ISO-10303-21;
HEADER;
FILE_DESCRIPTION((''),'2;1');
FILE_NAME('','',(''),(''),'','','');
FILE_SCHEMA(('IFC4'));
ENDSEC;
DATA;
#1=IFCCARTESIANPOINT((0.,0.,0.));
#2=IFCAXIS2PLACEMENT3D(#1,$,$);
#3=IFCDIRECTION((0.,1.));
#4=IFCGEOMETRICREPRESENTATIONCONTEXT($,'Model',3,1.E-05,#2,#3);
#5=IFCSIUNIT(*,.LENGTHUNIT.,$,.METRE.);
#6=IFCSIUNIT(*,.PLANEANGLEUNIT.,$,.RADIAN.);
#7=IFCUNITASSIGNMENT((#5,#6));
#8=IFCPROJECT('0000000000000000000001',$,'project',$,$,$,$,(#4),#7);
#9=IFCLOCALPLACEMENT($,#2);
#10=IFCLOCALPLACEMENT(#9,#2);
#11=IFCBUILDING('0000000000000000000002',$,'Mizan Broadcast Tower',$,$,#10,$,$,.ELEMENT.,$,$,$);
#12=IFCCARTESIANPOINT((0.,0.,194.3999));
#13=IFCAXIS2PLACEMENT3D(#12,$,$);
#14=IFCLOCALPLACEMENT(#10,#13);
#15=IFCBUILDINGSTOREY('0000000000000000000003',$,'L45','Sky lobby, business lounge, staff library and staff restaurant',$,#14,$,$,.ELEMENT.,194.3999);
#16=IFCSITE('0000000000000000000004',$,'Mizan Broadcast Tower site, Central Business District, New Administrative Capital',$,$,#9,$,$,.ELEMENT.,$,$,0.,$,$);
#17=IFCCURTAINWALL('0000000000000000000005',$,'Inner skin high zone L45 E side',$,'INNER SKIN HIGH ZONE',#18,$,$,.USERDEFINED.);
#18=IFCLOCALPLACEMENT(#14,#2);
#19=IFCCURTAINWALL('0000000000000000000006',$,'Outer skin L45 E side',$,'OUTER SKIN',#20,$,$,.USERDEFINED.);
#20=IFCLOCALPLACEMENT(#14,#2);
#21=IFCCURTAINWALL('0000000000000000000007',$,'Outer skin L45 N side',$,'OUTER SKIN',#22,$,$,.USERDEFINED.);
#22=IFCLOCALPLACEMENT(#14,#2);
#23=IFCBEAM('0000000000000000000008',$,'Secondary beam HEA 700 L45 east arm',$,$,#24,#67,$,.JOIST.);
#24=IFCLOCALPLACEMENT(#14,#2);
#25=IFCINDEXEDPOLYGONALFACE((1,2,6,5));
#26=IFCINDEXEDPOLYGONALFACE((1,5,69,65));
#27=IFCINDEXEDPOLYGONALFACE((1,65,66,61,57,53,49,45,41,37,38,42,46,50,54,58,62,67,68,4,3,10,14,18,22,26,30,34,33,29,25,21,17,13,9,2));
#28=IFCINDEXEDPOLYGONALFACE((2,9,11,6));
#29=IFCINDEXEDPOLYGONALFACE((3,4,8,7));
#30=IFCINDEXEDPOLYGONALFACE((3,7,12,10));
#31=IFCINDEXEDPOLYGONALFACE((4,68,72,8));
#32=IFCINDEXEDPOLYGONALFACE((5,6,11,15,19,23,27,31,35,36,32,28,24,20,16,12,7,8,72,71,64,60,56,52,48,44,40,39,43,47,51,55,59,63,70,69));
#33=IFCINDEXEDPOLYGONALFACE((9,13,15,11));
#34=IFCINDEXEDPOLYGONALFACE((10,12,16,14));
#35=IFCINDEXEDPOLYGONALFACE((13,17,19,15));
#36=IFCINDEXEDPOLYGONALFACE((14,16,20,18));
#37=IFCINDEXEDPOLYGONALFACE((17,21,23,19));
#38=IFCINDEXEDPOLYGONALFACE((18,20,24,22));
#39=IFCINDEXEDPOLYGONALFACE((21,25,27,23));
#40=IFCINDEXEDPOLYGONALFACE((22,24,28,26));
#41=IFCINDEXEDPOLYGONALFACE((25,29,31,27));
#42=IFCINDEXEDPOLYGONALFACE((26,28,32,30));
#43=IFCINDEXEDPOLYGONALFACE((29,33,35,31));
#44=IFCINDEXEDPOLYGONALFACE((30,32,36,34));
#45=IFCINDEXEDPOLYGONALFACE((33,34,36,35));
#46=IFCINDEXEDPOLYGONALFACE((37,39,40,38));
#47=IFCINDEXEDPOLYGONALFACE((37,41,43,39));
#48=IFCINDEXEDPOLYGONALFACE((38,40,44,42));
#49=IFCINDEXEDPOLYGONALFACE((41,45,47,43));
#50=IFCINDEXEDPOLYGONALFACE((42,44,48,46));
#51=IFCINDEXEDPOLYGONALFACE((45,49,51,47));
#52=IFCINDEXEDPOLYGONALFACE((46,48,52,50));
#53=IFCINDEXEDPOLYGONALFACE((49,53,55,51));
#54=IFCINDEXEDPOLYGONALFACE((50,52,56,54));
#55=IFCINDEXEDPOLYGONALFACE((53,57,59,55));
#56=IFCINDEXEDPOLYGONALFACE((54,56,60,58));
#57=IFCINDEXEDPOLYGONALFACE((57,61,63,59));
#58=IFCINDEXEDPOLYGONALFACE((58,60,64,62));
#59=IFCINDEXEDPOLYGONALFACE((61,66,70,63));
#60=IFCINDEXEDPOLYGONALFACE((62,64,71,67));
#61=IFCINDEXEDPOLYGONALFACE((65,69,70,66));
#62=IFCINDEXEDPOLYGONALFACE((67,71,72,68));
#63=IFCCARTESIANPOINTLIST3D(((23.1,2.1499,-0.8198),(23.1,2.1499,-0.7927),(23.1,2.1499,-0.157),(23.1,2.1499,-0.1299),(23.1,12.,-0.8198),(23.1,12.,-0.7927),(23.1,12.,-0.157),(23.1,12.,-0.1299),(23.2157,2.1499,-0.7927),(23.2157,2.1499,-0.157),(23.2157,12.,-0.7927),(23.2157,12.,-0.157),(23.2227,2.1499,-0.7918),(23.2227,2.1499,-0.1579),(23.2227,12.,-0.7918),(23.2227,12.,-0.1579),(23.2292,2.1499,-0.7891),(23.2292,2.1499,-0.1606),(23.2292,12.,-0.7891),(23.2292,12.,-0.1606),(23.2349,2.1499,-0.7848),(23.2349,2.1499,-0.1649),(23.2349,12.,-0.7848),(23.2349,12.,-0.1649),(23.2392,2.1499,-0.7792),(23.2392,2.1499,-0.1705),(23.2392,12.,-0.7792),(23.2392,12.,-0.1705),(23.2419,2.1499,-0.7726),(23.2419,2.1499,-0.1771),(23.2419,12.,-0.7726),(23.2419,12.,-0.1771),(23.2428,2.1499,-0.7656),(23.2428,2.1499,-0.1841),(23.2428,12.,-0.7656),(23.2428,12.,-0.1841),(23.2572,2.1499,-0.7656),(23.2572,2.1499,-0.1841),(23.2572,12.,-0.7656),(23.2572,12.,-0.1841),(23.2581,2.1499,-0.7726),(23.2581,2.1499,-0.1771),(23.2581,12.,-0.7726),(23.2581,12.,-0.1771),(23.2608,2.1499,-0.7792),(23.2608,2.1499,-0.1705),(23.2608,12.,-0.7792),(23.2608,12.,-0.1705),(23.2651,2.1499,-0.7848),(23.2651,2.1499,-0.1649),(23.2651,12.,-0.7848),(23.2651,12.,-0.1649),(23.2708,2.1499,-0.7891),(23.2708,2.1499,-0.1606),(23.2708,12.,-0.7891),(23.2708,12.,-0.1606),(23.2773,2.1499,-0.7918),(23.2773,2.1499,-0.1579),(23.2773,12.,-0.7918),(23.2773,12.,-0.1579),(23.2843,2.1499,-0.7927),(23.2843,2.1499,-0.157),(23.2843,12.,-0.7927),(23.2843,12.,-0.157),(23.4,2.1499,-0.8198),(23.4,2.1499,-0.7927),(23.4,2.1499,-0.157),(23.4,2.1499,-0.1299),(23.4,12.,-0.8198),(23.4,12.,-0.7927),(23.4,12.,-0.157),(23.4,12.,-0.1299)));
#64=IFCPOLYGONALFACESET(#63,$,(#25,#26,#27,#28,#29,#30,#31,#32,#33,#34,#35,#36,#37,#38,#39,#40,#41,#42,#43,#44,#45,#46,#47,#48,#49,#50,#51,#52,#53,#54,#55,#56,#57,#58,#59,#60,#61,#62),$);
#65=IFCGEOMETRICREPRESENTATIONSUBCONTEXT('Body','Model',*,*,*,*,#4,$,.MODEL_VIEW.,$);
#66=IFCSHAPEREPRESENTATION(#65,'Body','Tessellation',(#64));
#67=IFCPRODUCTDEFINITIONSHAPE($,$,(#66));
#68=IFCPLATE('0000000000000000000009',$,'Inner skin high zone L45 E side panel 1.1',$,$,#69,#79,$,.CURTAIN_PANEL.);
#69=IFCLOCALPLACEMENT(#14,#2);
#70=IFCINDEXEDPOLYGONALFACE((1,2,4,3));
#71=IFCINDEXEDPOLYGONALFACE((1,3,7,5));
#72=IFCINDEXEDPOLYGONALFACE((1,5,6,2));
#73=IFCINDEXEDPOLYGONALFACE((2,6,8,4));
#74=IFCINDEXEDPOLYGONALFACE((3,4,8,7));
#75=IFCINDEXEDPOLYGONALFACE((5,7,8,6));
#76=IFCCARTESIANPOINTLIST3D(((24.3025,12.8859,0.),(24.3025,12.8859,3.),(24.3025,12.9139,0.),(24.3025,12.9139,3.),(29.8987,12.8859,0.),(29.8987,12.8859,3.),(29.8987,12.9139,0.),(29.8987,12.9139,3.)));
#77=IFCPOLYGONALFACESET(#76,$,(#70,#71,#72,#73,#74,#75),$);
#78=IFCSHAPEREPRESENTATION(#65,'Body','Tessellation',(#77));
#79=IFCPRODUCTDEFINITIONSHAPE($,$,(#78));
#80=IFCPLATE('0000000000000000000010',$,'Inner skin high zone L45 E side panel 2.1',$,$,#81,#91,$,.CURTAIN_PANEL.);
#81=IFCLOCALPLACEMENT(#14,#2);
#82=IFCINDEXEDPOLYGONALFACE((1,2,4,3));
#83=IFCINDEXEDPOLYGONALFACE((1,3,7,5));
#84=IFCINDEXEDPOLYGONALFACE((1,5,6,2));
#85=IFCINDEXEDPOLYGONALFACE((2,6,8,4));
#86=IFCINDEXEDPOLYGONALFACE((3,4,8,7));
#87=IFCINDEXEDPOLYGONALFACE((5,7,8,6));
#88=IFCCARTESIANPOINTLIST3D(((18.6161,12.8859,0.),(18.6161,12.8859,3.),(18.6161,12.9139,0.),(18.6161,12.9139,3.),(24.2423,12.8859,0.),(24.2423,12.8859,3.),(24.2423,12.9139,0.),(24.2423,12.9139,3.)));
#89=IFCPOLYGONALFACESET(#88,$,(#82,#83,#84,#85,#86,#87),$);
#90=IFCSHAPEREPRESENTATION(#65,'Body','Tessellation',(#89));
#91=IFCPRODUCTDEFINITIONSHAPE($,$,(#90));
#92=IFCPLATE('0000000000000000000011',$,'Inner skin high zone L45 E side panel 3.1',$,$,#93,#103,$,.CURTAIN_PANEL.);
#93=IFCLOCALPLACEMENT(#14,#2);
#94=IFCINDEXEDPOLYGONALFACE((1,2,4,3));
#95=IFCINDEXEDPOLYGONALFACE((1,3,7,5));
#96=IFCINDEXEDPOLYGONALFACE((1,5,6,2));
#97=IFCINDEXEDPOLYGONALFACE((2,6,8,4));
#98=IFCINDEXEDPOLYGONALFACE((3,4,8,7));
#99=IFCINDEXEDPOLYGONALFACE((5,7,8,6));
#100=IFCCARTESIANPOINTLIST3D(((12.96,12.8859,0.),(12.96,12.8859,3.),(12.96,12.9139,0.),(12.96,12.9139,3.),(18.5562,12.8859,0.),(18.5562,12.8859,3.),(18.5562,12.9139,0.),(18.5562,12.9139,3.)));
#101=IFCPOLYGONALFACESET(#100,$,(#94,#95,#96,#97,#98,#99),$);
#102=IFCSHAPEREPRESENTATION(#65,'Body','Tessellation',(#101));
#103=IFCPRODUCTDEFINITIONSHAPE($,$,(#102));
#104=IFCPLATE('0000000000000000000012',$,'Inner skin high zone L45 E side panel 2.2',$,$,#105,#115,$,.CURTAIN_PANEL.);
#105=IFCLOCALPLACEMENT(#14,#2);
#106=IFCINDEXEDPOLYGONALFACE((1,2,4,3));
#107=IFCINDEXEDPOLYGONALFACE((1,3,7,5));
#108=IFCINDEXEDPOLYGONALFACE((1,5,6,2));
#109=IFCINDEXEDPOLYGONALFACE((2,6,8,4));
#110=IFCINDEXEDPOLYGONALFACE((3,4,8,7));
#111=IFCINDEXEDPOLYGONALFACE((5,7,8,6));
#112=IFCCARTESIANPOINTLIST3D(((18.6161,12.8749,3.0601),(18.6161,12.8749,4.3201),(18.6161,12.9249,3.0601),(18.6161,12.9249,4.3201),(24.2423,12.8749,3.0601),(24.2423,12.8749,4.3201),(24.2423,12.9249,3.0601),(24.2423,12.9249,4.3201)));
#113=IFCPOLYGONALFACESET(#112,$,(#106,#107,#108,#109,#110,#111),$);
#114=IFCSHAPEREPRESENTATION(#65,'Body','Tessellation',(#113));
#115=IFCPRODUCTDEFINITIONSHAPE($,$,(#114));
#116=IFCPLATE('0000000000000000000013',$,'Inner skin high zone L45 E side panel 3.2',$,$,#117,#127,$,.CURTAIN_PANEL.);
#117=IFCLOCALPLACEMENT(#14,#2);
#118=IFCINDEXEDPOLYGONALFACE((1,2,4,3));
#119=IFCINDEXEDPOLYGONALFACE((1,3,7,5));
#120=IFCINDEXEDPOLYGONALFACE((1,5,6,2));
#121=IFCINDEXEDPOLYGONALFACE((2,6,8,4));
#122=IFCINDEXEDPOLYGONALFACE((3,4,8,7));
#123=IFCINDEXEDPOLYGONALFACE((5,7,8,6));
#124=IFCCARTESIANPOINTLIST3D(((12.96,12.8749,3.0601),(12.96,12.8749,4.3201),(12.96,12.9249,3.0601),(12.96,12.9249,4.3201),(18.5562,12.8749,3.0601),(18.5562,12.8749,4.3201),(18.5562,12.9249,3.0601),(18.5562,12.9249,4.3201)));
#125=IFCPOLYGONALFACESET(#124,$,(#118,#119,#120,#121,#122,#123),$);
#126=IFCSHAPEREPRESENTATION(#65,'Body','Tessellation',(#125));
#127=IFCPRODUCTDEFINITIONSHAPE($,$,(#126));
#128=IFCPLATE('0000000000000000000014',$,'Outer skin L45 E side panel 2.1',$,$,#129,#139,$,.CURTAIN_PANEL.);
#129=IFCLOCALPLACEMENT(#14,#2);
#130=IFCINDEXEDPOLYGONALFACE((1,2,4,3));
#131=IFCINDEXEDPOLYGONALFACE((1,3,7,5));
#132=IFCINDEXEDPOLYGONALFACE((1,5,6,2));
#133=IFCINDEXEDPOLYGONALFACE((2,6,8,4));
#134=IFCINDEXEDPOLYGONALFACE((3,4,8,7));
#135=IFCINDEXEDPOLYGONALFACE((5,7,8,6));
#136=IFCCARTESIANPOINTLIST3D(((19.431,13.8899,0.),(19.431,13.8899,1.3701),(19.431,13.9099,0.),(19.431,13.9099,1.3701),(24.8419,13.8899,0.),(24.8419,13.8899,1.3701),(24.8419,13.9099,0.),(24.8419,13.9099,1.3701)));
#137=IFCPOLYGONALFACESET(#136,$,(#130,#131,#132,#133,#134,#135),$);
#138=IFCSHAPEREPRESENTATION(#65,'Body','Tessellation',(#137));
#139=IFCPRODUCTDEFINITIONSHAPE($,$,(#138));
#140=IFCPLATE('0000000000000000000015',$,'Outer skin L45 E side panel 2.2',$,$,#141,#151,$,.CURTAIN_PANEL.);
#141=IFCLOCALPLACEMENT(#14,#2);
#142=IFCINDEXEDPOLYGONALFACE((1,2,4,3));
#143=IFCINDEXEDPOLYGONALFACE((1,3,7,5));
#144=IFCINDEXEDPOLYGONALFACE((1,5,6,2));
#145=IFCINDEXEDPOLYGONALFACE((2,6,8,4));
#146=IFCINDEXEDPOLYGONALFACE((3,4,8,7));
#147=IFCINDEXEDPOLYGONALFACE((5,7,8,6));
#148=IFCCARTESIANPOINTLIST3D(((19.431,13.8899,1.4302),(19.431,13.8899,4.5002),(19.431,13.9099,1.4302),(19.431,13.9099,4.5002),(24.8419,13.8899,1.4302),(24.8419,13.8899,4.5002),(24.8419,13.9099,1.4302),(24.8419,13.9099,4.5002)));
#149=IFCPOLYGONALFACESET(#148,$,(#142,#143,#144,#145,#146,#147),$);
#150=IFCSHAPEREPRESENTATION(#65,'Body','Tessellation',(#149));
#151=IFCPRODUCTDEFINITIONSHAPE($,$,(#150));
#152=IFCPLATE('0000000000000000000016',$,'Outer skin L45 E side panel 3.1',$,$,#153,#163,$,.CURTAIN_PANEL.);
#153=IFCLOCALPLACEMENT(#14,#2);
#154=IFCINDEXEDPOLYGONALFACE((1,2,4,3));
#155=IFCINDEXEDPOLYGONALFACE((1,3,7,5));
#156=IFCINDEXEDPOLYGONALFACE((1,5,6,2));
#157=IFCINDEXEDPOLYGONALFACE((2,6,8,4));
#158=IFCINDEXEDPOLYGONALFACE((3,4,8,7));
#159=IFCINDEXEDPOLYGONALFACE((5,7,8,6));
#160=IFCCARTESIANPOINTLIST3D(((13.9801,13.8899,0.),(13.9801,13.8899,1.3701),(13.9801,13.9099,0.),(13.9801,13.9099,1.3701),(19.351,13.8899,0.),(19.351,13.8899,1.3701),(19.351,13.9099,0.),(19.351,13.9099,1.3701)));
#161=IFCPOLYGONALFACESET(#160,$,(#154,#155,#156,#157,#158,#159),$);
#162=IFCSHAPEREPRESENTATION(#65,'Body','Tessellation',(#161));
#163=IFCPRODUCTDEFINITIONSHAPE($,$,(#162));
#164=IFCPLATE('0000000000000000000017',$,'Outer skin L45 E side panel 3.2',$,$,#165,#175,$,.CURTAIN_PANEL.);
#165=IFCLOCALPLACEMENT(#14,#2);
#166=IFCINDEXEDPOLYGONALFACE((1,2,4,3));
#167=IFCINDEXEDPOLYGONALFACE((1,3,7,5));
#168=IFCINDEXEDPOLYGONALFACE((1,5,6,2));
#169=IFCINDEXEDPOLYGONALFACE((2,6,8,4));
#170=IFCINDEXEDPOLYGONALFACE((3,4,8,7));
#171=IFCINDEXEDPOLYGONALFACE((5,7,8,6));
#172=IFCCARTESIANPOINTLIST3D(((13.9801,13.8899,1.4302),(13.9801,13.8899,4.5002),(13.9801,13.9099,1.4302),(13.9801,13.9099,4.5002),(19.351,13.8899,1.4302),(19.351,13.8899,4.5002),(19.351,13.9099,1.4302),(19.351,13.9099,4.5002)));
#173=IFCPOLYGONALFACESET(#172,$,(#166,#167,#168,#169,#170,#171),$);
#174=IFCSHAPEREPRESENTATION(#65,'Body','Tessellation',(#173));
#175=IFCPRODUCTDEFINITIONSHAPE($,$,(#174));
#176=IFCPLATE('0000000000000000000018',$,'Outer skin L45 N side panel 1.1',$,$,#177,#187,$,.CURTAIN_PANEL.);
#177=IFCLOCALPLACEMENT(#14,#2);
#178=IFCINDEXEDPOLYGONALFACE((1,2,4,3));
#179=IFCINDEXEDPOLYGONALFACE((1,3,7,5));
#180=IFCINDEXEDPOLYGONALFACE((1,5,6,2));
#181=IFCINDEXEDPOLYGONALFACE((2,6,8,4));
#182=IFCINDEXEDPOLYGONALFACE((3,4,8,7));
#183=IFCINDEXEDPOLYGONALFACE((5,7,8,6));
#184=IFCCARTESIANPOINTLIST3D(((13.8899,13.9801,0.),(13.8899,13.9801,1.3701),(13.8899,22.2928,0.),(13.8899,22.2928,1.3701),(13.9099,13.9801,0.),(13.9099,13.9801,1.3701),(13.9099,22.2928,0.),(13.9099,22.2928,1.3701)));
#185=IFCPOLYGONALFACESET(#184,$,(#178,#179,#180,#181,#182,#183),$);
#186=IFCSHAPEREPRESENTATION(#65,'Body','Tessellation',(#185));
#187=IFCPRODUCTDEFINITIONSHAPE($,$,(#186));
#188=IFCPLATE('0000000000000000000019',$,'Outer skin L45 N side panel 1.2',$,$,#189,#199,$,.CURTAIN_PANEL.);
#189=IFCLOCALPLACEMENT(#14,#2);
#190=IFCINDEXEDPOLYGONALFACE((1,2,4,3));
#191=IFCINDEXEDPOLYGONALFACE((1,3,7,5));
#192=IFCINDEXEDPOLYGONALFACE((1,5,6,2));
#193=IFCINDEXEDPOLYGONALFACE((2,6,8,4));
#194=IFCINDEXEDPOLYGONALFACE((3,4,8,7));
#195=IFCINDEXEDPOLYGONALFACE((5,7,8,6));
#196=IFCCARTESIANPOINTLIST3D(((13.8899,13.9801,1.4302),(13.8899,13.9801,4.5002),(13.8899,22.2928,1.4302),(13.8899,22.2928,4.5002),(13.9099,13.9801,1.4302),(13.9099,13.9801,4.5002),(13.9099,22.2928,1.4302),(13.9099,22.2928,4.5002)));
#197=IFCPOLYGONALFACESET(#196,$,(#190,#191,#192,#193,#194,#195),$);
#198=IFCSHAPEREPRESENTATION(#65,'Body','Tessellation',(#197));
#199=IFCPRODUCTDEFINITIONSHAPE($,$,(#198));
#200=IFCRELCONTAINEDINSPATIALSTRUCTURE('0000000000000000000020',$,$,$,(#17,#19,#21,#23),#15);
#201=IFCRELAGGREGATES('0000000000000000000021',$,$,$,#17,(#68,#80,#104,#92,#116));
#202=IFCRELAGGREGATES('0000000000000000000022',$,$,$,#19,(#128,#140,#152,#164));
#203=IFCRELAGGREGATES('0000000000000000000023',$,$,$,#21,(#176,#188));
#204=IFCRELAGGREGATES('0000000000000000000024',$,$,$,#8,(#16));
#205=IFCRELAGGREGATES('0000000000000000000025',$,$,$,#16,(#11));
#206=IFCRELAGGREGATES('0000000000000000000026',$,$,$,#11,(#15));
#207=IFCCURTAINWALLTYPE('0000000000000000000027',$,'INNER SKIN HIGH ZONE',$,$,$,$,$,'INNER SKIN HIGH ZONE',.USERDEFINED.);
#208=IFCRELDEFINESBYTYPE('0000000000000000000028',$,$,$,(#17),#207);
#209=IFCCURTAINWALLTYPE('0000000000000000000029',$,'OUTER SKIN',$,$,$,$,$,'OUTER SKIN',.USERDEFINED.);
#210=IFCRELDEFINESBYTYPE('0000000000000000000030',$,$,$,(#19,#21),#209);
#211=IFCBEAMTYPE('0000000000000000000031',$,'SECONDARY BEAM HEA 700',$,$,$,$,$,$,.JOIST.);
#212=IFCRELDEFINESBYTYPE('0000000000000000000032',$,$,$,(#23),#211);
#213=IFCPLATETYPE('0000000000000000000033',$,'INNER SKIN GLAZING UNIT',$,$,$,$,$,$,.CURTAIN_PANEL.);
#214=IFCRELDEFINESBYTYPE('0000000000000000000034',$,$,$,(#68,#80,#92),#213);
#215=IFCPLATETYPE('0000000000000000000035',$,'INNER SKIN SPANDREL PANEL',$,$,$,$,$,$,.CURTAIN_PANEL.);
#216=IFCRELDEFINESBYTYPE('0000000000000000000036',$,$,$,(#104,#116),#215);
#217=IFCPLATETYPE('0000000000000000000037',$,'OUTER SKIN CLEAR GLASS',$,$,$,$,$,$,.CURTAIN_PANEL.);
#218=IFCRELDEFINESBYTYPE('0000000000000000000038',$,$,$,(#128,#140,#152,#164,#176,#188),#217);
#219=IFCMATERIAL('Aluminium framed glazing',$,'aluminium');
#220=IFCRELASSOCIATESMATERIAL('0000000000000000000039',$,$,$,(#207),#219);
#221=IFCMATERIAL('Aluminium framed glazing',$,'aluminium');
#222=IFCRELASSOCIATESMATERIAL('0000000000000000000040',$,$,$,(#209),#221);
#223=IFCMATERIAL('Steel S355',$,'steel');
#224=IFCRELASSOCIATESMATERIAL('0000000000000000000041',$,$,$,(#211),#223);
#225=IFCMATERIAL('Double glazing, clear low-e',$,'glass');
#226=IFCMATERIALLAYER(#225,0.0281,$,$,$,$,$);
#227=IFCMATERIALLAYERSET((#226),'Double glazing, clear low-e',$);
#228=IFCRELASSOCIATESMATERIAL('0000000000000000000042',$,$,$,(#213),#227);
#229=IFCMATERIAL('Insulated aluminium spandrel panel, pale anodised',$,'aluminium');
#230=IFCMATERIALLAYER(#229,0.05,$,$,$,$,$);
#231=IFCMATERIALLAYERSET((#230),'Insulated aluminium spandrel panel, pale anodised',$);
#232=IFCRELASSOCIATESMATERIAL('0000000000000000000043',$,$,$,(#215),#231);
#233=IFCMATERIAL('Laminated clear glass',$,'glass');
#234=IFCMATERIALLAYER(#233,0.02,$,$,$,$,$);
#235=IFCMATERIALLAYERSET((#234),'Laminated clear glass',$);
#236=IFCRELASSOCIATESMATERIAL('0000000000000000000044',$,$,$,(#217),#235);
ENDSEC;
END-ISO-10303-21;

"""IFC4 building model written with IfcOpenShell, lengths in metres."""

from ifc_helpers import new_model, si_unit, direction, frame, origin, origin_2d, place, context, subcontext, project, spatial, rectangle, i_section, extrude, material, layer, layer_set, material_profile, profile_set, type_object, element, aggregate, save


model = new_model("IFC4")

# Units and contexts
model_context = context("Model", 3, precision=1e-05, world=origin(), true_north=direction((0.0, 1.0)))
body_context = subcontext(model_context, "Body", "Model", "MODEL_VIEW")
ifc_project = project(units=[si_unit("LENGTHUNIT", "METRE"), si_unit("PLANEANGLEUNIT", "RADIAN")], contexts=[model_context])

# Site, building, storey
site_placement = place(None, origin())
site = spatial("IfcSite", under=ifc_project, at=site_placement, Name="Mizan Broadcast Tower site, Central Business District, New Administrative Capital", CompositionType="ELEMENT", RefElevation=0.0)
building_placement = place(site_placement, origin())
building = spatial("IfcBuilding", under=site, at=building_placement, Name="Mizan Broadcast Tower", CompositionType="ELEMENT")
storey_placement = place(building_placement, frame((0.0, 0.0, 194.3999)))
storey = spatial("IfcBuildingStorey", under=building, at=storey_placement, Name="L45", Description="Sky lobby, business lounge, staff library and staff restaurant", CompositionType="ELEMENT", Elevation=194.3999)

# Curtain walls
ifc_material_1 = material(Name="Aluminium framed glazing", Category="aluminium")
curtain_wall_type_1 = type_object("IfcCurtainWallType", Name="INNER SKIN HIGH ZONE", ElementType="INNER SKIN HIGH ZONE", PredefinedType="USERDEFINED", material=ifc_material_1)
curtain_wall_1_placement = place(storey_placement, origin())
curtain_wall_1 = element("IfcCurtainWall", 1, at=curtain_wall_1_placement, inside=storey, type_object=curtain_wall_type_1, Name="Inner skin high zone L45 E side", ObjectType="INNER SKIN HIGH ZONE", PredefinedType="USERDEFINED")
ifc_material_2 = material(Name="Aluminium framed glazing", Category="aluminium")
curtain_wall_type_2 = type_object("IfcCurtainWallType", Name="OUTER SKIN", ElementType="OUTER SKIN", PredefinedType="USERDEFINED", material=ifc_material_2)
curtain_wall_2_placement = place(storey_placement, origin())
curtain_wall_2 = element("IfcCurtainWall", 2, at=curtain_wall_2_placement, inside=storey, type_object=curtain_wall_type_2, Name="Outer skin L45 E side", ObjectType="OUTER SKIN", PredefinedType="USERDEFINED")

# Curtain wall
curtain_wall_3_placement = place(storey_placement, origin())
curtain_wall_3 = element("IfcCurtainWall", 3, at=curtain_wall_3_placement, inside=storey, type_object=curtain_wall_type_2, Name="Outer skin L45 N side", ObjectType="OUTER SKIN", PredefinedType="USERDEFINED")

# Beam
ifc_material_3 = material(Name="Steel S355", Category="steel")
ifc_material_profile_1 = material_profile(ifc_material_3, i_section(OverallWidth=0.3, OverallDepth=0.6899, WebThickness=0.0144, FlangeThickness=0.0271, FilletRadius=0.0271, at=origin_2d()), Name="HEA 700")
ifc_profile_set_1 = profile_set([ifc_material_profile_1], Name="Steel S355")
beam_type_1 = type_object("IfcBeamType", Name="SECONDARY BEAM HEA 700", PredefinedType="JOIST", material=ifc_profile_set_1)
for number, where, z_axis, x_axis, name in (
    (4, (23.25, 12.0, -0.4749), (0.0, -1.0, 0.0), (1.0, 0.0, 0.0), "Secondary beam HEA 700 L45 east arm"),
):
    element("IfcBeam", number, at=place(storey_placement, frame(where, z_axis=z_axis, x_axis=x_axis)), inside=storey, type_object=beam_type_1, Name=name, PredefinedType="JOIST", context=body_context, shape_type="SweptSolid", body=[
        extrude(i_section(OverallWidth=0.3, OverallDepth=0.6899, WebThickness=0.0144, FlangeThickness=0.0271, FilletRadius=0.0271, at=origin_2d()), origin(), (0.0, 0.0, 1.0), 9.8501),
    ])

# Plates
ifc_material_4 = material(Name="Double glazing, clear low-e", Category="glass")
ifc_layer_1 = layer(ifc_material_4, 0.0281)
ifc_layer_set_1 = layer_set([ifc_layer_1], Name="Double glazing, clear low-e")
plate_type_1 = type_object("IfcPlateType", Name="INNER SKIN GLAZING UNIT", PredefinedType="CURTAIN_PANEL", material=ifc_layer_set_1)
plate_1_placement = place(storey_placement, frame((27.1006, 12.8999, 0.0), z_axis=(0.0, 0.0, 1.0), x_axis=(-1.0, 0.0, 0.0)))
plate_1 = element("IfcPlate", 5, at=plate_1_placement, type_object=plate_type_1, Name="Inner skin high zone L45 E side panel 1.1", PredefinedType="CURTAIN_PANEL", context=body_context, shape_type="SweptSolid", body=[
    extrude(rectangle(XDim=5.5962, YDim=0.0281, at=origin_2d()), origin(), (0.0, 0.0, 1.0), 3.0),
])
plate_2_placement = place(storey_placement, frame((21.4292, 12.8999, 0.0), z_axis=(0.0, 0.0, 1.0), x_axis=(-1.0, 0.0, 0.0)))
plate_2 = element("IfcPlate", 6, at=plate_2_placement, type_object=plate_type_1, Name="Inner skin high zone L45 E side panel 2.1", PredefinedType="CURTAIN_PANEL", context=body_context, shape_type="SweptSolid", body=[
    extrude(rectangle(XDim=5.6262, YDim=0.0281, at=origin_2d()), origin(), (0.0, 0.0, 1.0), 3.0),
])
plate_3_placement = place(storey_placement, frame((15.7581, 12.8999, 0.0), z_axis=(0.0, 0.0, 1.0), x_axis=(-1.0, 0.0, 0.0)))
plate_3 = element("IfcPlate", 7, at=plate_3_placement, type_object=plate_type_1, Name="Inner skin high zone L45 E side panel 3.1", PredefinedType="CURTAIN_PANEL", context=body_context, shape_type="SweptSolid", body=[
    extrude(rectangle(XDim=5.5962, YDim=0.0281, at=origin_2d()), origin(), (0.0, 0.0, 1.0), 3.0),
])
ifc_material_5 = material(Name="Insulated aluminium spandrel panel, pale anodised", Category="aluminium")
ifc_layer_2 = layer(ifc_material_5, 0.05)
ifc_layer_set_2 = layer_set([ifc_layer_2], Name="Insulated aluminium spandrel panel, pale anodised")
plate_type_2 = type_object("IfcPlateType", Name="INNER SKIN SPANDREL PANEL", PredefinedType="CURTAIN_PANEL", material=ifc_layer_set_2)
plate_4_placement = place(storey_placement, frame((21.4292, 12.8999, 3.0601), z_axis=(0.0, 0.0, 1.0), x_axis=(-1.0, 0.0, 0.0)))
plate_4 = element("IfcPlate", 8, at=plate_4_placement, type_object=plate_type_2, Name="Inner skin high zone L45 E side panel 2.2", PredefinedType="CURTAIN_PANEL", context=body_context, shape_type="SweptSolid", body=[
    extrude(rectangle(XDim=5.6262, YDim=0.05, at=origin_2d()), origin(), (0.0, 0.0, 1.0), 1.26),
])
plate_5_placement = place(storey_placement, frame((15.7581, 12.8999, 3.0601), z_axis=(0.0, 0.0, 1.0), x_axis=(-1.0, 0.0, 0.0)))
plate_5 = element("IfcPlate", 9, at=plate_5_placement, type_object=plate_type_2, Name="Inner skin high zone L45 E side panel 3.2", PredefinedType="CURTAIN_PANEL", context=body_context, shape_type="SweptSolid", body=[
    extrude(rectangle(XDim=5.5962, YDim=0.05, at=origin_2d()), origin(), (0.0, 0.0, 1.0), 1.26),
])
aggregate(curtain_wall_1, [plate_1, plate_2, plate_4, plate_3, plate_5])
ifc_material_6 = material(Name="Laminated clear glass", Category="glass")
ifc_layer_3 = layer(ifc_material_6, 0.02)
ifc_layer_set_3 = layer_set([ifc_layer_3], Name="Laminated clear glass")
plate_type_3 = type_object("IfcPlateType", Name="OUTER SKIN CLEAR GLASS", PredefinedType="CURTAIN_PANEL", material=ifc_layer_set_3)
plate_6_placement = place(storey_placement, frame((22.1365, 13.8999, 0.0), z_axis=(0.0, 0.0, 1.0), x_axis=(-1.0, 0.0, 0.0)))
plate_6 = element("IfcPlate", 10, at=plate_6_placement, type_object=plate_type_3, Name="Outer skin L45 E side panel 2.1", PredefinedType="CURTAIN_PANEL", context=body_context, shape_type="SweptSolid", body=[
    extrude(rectangle(XDim=5.4109, YDim=0.02, at=origin_2d()), origin(), (0.0, 0.0, 1.0), 1.3701),
])
plate_7_placement = place(storey_placement, frame((22.1365, 13.8999, 1.4302), z_axis=(0.0, 0.0, 1.0), x_axis=(-1.0, 0.0, 0.0)))
plate_7 = element("IfcPlate", 11, at=plate_7_placement, type_object=plate_type_3, Name="Outer skin L45 E side panel 2.2", PredefinedType="CURTAIN_PANEL", context=body_context, shape_type="SweptSolid", body=[
    extrude(rectangle(XDim=5.4109, YDim=0.02, at=origin_2d()), origin(), (0.0, 0.0, 1.0), 3.0701),
])
plate_8_placement = place(storey_placement, frame((16.6655, 13.8999, 0.0), z_axis=(0.0, 0.0, 1.0), x_axis=(-1.0, 0.0, 0.0)))
plate_8 = element("IfcPlate", 12, at=plate_8_placement, type_object=plate_type_3, Name="Outer skin L45 E side panel 3.1", PredefinedType="CURTAIN_PANEL", context=body_context, shape_type="SweptSolid", body=[
    extrude(rectangle(XDim=5.3708, YDim=0.02, at=origin_2d()), origin(), (0.0, 0.0, 1.0), 1.3701),
])
plate_9_placement = place(storey_placement, frame((16.6655, 13.8999, 1.4302), z_axis=(0.0, 0.0, 1.0), x_axis=(-1.0, 0.0, 0.0)))
plate_9 = element("IfcPlate", 13, at=plate_9_placement, type_object=plate_type_3, Name="Outer skin L45 E side panel 3.2", PredefinedType="CURTAIN_PANEL", context=body_context, shape_type="SweptSolid", body=[
    extrude(rectangle(XDim=5.3708, YDim=0.02, at=origin_2d()), origin(), (0.0, 0.0, 1.0), 3.0701),
])
aggregate(curtain_wall_2, [plate_6, plate_7, plate_8, plate_9])
plate_10_placement = place(storey_placement, frame((13.8999, 18.1365, 0.0), z_axis=(0.0, 0.0, 1.0), x_axis=(0.0, 1.0, 0.0)))
plate_10 = element("IfcPlate", 14, at=plate_10_placement, type_object=plate_type_3, Name="Outer skin L45 N side panel 1.1", PredefinedType="CURTAIN_PANEL", context=body_context, shape_type="SweptSolid", body=[
    extrude(rectangle(XDim=8.3127, YDim=0.02, at=origin_2d()), origin(), (0.0, 0.0, 1.0), 1.3701),
])
plate_11_placement = place(storey_placement, frame((13.8999, 18.1365, 1.4302), z_axis=(0.0, 0.0, 1.0), x_axis=(0.0, 1.0, 0.0)))
plate_11 = element("IfcPlate", 15, at=plate_11_placement, type_object=plate_type_3, Name="Outer skin L45 N side panel 1.2", PredefinedType="CURTAIN_PANEL", context=body_context, shape_type="SweptSolid", body=[
    extrude(rectangle(XDim=8.3127, YDim=0.02, at=origin_2d()), origin(), (0.0, 0.0, 1.0), 3.0701),
])
aggregate(curtain_wall_3, [plate_10, plate_11])

save(model, "model.ifc")
